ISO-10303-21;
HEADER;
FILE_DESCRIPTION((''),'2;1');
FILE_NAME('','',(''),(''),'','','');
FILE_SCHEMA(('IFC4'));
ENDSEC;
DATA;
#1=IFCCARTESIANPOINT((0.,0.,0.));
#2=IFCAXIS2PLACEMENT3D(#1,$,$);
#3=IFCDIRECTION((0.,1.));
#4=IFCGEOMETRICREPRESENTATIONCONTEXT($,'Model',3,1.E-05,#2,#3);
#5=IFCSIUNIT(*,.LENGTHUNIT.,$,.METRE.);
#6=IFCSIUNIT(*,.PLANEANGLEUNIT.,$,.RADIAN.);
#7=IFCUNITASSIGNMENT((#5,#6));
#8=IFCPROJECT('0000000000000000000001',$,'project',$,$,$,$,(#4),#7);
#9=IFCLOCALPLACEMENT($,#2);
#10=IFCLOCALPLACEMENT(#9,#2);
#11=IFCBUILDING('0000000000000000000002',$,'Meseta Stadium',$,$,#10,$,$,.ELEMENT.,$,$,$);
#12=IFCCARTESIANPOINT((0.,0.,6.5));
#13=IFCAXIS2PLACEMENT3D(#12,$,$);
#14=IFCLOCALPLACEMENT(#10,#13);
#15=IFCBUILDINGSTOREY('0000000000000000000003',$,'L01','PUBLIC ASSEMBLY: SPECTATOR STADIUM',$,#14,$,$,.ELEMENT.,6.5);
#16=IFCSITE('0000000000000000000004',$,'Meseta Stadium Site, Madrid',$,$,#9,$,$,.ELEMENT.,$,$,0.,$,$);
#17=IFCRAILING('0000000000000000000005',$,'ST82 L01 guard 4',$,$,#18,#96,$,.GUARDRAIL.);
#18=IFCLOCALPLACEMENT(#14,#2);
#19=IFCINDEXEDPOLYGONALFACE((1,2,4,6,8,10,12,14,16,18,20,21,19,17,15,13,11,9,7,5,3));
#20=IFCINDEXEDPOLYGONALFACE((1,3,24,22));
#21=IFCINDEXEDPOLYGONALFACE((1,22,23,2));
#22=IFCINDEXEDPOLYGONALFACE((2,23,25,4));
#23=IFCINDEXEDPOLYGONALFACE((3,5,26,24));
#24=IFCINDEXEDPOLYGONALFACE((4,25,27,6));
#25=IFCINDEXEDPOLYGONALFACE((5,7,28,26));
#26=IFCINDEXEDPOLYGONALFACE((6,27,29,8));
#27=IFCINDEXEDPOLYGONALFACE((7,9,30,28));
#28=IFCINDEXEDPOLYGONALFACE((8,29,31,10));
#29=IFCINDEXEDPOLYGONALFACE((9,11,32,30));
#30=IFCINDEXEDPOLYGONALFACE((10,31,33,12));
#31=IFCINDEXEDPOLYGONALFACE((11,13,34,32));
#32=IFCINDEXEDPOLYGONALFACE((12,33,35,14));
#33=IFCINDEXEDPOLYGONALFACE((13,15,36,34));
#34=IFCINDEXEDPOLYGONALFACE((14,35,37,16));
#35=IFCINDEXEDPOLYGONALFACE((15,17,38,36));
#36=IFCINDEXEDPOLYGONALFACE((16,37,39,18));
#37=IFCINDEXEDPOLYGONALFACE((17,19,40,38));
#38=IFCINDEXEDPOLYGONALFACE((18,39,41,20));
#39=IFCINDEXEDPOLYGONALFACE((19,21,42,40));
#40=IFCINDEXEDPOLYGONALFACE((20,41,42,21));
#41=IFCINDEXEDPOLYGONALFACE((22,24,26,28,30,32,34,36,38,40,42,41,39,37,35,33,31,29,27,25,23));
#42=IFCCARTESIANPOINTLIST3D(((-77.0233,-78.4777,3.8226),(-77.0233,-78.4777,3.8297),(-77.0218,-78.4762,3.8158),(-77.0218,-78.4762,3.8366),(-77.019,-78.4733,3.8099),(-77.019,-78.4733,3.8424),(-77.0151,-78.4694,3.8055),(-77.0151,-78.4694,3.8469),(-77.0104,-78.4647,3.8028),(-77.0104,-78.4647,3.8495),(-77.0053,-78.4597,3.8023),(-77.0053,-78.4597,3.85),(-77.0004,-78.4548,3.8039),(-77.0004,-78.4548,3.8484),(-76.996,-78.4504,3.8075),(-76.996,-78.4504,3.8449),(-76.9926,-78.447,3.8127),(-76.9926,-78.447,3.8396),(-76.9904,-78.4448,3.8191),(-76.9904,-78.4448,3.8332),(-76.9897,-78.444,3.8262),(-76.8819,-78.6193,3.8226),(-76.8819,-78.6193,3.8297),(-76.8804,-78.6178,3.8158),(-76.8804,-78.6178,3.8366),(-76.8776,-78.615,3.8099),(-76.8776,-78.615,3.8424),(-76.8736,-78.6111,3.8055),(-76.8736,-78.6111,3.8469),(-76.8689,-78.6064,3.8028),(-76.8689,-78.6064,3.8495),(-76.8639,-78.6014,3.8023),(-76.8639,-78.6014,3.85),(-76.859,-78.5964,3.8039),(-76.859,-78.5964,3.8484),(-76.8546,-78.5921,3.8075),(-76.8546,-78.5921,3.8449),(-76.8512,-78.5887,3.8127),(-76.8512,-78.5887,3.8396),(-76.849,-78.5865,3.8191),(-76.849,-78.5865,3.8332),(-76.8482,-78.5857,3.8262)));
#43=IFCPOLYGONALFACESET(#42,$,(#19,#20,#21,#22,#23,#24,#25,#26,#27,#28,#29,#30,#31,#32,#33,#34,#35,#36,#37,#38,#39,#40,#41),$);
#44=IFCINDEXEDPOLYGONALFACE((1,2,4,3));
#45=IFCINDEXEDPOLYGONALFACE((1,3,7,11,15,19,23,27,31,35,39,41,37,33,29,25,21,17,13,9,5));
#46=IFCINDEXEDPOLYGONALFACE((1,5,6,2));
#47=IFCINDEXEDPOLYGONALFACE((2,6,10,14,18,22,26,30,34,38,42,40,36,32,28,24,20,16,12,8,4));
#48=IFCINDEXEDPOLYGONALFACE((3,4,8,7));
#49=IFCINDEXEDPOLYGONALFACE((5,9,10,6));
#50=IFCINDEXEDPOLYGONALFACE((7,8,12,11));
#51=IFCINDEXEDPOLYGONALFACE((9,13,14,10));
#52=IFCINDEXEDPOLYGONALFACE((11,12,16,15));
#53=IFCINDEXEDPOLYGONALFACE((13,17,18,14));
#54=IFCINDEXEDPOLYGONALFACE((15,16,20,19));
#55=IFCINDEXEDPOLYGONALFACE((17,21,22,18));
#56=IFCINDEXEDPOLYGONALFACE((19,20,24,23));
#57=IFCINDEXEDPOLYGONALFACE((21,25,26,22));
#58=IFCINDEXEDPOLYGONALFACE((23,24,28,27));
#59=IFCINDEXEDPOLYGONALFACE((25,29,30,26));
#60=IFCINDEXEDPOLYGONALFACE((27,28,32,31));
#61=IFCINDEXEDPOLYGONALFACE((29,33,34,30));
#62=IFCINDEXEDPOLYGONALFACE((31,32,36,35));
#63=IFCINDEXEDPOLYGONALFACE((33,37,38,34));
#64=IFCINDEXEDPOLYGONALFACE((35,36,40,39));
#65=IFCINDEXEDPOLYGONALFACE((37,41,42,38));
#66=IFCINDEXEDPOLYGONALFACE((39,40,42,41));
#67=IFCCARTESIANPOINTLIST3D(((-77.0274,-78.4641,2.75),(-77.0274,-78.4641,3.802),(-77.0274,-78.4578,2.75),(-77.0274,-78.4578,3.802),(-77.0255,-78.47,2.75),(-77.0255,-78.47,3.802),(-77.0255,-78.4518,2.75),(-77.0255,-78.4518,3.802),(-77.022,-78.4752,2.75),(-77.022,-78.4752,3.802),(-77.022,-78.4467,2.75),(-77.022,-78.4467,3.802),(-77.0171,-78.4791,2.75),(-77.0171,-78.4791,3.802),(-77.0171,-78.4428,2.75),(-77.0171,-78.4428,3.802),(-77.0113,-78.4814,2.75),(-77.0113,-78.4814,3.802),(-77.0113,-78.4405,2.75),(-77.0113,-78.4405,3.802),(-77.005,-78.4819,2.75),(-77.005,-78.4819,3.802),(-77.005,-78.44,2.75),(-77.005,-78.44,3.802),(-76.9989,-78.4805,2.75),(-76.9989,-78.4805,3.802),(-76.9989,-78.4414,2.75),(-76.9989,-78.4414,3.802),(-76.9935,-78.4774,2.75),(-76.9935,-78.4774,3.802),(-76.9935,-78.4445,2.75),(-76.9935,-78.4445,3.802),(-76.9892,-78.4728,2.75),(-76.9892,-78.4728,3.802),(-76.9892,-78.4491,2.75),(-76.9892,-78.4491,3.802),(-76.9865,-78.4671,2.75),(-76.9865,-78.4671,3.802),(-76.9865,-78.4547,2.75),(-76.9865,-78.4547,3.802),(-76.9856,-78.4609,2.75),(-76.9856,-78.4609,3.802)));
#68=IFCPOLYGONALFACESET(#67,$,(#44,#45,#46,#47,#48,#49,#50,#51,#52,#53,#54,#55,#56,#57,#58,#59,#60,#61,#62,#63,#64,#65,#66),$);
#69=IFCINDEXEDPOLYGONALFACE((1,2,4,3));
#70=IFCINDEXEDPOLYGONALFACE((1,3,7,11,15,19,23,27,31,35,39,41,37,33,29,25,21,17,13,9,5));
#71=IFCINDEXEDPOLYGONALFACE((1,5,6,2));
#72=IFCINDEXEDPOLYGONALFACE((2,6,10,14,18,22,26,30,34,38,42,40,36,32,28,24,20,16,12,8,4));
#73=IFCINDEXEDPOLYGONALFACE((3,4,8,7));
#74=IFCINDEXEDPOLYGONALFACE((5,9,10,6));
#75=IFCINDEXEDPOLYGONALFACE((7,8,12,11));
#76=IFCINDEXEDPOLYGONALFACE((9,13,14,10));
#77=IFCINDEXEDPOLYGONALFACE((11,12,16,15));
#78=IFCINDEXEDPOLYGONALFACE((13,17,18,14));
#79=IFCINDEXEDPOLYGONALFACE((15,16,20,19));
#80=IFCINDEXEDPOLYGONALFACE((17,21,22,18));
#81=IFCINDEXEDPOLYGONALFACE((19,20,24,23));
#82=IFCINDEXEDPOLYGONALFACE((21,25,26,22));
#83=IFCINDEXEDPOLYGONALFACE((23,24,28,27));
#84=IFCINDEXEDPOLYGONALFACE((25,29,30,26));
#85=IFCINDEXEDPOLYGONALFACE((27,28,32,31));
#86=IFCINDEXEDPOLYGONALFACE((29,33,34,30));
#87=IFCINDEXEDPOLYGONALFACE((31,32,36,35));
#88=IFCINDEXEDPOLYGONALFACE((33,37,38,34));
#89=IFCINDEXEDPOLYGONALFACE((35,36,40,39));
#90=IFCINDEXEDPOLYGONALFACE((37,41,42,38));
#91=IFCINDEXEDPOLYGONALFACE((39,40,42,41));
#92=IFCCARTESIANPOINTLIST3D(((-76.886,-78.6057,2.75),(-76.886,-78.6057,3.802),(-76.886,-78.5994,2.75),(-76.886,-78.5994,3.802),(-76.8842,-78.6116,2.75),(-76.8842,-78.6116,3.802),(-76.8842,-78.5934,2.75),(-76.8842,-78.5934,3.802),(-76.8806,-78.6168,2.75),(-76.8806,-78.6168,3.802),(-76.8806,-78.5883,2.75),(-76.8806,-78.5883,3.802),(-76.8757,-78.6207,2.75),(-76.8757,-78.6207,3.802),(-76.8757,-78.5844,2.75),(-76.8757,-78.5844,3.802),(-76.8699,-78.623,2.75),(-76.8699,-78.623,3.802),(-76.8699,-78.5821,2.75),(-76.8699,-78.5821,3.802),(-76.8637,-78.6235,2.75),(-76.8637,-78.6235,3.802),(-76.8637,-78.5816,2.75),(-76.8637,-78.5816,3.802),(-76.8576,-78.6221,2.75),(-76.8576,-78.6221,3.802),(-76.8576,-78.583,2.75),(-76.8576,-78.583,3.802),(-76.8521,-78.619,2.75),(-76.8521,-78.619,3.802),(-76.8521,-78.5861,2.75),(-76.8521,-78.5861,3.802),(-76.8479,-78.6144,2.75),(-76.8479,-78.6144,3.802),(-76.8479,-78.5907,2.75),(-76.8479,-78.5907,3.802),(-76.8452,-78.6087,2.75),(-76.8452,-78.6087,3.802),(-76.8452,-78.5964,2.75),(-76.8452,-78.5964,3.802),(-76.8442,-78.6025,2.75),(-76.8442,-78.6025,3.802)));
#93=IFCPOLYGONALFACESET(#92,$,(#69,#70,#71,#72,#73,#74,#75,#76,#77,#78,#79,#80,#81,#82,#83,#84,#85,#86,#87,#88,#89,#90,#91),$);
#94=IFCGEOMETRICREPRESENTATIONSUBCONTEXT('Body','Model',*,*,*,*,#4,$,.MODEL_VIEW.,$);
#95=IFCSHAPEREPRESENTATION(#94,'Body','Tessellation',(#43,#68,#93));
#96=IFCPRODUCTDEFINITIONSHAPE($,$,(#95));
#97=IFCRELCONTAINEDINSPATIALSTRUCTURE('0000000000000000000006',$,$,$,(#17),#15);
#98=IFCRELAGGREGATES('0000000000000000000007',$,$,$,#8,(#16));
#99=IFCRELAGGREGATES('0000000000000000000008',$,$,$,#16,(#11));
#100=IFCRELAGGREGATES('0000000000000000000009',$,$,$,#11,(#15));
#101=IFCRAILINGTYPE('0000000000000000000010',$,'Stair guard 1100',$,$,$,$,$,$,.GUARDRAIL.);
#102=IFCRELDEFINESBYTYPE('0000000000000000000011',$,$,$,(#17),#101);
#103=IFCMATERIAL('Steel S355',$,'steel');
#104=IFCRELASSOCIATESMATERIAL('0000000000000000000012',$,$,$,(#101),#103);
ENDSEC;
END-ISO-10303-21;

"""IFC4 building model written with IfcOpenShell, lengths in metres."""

from ifc_helpers import new_model, si_unit, direction, frame, origin, origin_2d, place, context, subcontext, project, spatial, circle, extrude, material, type_object, element, save


model = new_model("IFC4")

# Units and contexts
model_context = context("Model", 3, precision=1e-05, world=origin(), true_north=direction((0.0, 1.0)))
body_context = subcontext(model_context, "Body", "Model", "MODEL_VIEW")
ifc_project = project(units=[si_unit("LENGTHUNIT", "METRE"), si_unit("PLANEANGLEUNIT", "RADIAN")], contexts=[model_context])

# Site, building, storey
site_placement = place(None, origin())
site = spatial("IfcSite", under=ifc_project, at=site_placement, Name="Meseta Stadium Site, Madrid", CompositionType="ELEMENT", RefElevation=0.0)
building_placement = place(site_placement, origin())
building = spatial("IfcBuilding", under=site, at=building_placement, Name="Meseta Stadium", CompositionType="ELEMENT")
storey_placement = place(building_placement, frame((0.0, 0.0, 6.5)))
storey = spatial("IfcBuildingStorey", under=building, at=storey_placement, Name="L01", Description="PUBLIC ASSEMBLY: SPECTATOR STADIUM", CompositionType="ELEMENT", Elevation=6.5)

# Railing
ifc_material_1 = material(Name="Steel S355", Category="steel")
railing_type_1 = type_object("IfcRailingType", Name="Stair guard 1100", PredefinedType="GUARDRAIL", material=ifc_material_1)
railing_1_placement = place(storey_placement, frame((-77.0066, -78.4609, 2.75)))
element("IfcRailing", 1, at=railing_1_placement, inside=storey, type_object=railing_type_1, Name="ST82 L01 guard 4", PredefinedType="GUARDRAIL", context=body_context, shape_type="SweptSolid", body=[
    extrude(circle(Radius=0.0239, at=origin_2d()), frame((0.0, 0.0, 1.0762), z_axis=(0.706496, -0.707717, 0.0), x_axis=(0.707717, 0.706496, 0.0)), (0.0, 0.0, 1.0), 0.2002),
    extrude(circle(Radius=0.021, at=origin_2d()), origin(), (0.0, 0.0, 1.0), 1.052),
    extrude(circle(Radius=0.021, at=origin_2d()), frame((0.1414, -0.1416, 0.0)), (0.0, 0.0, 1.0), 1.052),
])

save(model, "model.ifc")
